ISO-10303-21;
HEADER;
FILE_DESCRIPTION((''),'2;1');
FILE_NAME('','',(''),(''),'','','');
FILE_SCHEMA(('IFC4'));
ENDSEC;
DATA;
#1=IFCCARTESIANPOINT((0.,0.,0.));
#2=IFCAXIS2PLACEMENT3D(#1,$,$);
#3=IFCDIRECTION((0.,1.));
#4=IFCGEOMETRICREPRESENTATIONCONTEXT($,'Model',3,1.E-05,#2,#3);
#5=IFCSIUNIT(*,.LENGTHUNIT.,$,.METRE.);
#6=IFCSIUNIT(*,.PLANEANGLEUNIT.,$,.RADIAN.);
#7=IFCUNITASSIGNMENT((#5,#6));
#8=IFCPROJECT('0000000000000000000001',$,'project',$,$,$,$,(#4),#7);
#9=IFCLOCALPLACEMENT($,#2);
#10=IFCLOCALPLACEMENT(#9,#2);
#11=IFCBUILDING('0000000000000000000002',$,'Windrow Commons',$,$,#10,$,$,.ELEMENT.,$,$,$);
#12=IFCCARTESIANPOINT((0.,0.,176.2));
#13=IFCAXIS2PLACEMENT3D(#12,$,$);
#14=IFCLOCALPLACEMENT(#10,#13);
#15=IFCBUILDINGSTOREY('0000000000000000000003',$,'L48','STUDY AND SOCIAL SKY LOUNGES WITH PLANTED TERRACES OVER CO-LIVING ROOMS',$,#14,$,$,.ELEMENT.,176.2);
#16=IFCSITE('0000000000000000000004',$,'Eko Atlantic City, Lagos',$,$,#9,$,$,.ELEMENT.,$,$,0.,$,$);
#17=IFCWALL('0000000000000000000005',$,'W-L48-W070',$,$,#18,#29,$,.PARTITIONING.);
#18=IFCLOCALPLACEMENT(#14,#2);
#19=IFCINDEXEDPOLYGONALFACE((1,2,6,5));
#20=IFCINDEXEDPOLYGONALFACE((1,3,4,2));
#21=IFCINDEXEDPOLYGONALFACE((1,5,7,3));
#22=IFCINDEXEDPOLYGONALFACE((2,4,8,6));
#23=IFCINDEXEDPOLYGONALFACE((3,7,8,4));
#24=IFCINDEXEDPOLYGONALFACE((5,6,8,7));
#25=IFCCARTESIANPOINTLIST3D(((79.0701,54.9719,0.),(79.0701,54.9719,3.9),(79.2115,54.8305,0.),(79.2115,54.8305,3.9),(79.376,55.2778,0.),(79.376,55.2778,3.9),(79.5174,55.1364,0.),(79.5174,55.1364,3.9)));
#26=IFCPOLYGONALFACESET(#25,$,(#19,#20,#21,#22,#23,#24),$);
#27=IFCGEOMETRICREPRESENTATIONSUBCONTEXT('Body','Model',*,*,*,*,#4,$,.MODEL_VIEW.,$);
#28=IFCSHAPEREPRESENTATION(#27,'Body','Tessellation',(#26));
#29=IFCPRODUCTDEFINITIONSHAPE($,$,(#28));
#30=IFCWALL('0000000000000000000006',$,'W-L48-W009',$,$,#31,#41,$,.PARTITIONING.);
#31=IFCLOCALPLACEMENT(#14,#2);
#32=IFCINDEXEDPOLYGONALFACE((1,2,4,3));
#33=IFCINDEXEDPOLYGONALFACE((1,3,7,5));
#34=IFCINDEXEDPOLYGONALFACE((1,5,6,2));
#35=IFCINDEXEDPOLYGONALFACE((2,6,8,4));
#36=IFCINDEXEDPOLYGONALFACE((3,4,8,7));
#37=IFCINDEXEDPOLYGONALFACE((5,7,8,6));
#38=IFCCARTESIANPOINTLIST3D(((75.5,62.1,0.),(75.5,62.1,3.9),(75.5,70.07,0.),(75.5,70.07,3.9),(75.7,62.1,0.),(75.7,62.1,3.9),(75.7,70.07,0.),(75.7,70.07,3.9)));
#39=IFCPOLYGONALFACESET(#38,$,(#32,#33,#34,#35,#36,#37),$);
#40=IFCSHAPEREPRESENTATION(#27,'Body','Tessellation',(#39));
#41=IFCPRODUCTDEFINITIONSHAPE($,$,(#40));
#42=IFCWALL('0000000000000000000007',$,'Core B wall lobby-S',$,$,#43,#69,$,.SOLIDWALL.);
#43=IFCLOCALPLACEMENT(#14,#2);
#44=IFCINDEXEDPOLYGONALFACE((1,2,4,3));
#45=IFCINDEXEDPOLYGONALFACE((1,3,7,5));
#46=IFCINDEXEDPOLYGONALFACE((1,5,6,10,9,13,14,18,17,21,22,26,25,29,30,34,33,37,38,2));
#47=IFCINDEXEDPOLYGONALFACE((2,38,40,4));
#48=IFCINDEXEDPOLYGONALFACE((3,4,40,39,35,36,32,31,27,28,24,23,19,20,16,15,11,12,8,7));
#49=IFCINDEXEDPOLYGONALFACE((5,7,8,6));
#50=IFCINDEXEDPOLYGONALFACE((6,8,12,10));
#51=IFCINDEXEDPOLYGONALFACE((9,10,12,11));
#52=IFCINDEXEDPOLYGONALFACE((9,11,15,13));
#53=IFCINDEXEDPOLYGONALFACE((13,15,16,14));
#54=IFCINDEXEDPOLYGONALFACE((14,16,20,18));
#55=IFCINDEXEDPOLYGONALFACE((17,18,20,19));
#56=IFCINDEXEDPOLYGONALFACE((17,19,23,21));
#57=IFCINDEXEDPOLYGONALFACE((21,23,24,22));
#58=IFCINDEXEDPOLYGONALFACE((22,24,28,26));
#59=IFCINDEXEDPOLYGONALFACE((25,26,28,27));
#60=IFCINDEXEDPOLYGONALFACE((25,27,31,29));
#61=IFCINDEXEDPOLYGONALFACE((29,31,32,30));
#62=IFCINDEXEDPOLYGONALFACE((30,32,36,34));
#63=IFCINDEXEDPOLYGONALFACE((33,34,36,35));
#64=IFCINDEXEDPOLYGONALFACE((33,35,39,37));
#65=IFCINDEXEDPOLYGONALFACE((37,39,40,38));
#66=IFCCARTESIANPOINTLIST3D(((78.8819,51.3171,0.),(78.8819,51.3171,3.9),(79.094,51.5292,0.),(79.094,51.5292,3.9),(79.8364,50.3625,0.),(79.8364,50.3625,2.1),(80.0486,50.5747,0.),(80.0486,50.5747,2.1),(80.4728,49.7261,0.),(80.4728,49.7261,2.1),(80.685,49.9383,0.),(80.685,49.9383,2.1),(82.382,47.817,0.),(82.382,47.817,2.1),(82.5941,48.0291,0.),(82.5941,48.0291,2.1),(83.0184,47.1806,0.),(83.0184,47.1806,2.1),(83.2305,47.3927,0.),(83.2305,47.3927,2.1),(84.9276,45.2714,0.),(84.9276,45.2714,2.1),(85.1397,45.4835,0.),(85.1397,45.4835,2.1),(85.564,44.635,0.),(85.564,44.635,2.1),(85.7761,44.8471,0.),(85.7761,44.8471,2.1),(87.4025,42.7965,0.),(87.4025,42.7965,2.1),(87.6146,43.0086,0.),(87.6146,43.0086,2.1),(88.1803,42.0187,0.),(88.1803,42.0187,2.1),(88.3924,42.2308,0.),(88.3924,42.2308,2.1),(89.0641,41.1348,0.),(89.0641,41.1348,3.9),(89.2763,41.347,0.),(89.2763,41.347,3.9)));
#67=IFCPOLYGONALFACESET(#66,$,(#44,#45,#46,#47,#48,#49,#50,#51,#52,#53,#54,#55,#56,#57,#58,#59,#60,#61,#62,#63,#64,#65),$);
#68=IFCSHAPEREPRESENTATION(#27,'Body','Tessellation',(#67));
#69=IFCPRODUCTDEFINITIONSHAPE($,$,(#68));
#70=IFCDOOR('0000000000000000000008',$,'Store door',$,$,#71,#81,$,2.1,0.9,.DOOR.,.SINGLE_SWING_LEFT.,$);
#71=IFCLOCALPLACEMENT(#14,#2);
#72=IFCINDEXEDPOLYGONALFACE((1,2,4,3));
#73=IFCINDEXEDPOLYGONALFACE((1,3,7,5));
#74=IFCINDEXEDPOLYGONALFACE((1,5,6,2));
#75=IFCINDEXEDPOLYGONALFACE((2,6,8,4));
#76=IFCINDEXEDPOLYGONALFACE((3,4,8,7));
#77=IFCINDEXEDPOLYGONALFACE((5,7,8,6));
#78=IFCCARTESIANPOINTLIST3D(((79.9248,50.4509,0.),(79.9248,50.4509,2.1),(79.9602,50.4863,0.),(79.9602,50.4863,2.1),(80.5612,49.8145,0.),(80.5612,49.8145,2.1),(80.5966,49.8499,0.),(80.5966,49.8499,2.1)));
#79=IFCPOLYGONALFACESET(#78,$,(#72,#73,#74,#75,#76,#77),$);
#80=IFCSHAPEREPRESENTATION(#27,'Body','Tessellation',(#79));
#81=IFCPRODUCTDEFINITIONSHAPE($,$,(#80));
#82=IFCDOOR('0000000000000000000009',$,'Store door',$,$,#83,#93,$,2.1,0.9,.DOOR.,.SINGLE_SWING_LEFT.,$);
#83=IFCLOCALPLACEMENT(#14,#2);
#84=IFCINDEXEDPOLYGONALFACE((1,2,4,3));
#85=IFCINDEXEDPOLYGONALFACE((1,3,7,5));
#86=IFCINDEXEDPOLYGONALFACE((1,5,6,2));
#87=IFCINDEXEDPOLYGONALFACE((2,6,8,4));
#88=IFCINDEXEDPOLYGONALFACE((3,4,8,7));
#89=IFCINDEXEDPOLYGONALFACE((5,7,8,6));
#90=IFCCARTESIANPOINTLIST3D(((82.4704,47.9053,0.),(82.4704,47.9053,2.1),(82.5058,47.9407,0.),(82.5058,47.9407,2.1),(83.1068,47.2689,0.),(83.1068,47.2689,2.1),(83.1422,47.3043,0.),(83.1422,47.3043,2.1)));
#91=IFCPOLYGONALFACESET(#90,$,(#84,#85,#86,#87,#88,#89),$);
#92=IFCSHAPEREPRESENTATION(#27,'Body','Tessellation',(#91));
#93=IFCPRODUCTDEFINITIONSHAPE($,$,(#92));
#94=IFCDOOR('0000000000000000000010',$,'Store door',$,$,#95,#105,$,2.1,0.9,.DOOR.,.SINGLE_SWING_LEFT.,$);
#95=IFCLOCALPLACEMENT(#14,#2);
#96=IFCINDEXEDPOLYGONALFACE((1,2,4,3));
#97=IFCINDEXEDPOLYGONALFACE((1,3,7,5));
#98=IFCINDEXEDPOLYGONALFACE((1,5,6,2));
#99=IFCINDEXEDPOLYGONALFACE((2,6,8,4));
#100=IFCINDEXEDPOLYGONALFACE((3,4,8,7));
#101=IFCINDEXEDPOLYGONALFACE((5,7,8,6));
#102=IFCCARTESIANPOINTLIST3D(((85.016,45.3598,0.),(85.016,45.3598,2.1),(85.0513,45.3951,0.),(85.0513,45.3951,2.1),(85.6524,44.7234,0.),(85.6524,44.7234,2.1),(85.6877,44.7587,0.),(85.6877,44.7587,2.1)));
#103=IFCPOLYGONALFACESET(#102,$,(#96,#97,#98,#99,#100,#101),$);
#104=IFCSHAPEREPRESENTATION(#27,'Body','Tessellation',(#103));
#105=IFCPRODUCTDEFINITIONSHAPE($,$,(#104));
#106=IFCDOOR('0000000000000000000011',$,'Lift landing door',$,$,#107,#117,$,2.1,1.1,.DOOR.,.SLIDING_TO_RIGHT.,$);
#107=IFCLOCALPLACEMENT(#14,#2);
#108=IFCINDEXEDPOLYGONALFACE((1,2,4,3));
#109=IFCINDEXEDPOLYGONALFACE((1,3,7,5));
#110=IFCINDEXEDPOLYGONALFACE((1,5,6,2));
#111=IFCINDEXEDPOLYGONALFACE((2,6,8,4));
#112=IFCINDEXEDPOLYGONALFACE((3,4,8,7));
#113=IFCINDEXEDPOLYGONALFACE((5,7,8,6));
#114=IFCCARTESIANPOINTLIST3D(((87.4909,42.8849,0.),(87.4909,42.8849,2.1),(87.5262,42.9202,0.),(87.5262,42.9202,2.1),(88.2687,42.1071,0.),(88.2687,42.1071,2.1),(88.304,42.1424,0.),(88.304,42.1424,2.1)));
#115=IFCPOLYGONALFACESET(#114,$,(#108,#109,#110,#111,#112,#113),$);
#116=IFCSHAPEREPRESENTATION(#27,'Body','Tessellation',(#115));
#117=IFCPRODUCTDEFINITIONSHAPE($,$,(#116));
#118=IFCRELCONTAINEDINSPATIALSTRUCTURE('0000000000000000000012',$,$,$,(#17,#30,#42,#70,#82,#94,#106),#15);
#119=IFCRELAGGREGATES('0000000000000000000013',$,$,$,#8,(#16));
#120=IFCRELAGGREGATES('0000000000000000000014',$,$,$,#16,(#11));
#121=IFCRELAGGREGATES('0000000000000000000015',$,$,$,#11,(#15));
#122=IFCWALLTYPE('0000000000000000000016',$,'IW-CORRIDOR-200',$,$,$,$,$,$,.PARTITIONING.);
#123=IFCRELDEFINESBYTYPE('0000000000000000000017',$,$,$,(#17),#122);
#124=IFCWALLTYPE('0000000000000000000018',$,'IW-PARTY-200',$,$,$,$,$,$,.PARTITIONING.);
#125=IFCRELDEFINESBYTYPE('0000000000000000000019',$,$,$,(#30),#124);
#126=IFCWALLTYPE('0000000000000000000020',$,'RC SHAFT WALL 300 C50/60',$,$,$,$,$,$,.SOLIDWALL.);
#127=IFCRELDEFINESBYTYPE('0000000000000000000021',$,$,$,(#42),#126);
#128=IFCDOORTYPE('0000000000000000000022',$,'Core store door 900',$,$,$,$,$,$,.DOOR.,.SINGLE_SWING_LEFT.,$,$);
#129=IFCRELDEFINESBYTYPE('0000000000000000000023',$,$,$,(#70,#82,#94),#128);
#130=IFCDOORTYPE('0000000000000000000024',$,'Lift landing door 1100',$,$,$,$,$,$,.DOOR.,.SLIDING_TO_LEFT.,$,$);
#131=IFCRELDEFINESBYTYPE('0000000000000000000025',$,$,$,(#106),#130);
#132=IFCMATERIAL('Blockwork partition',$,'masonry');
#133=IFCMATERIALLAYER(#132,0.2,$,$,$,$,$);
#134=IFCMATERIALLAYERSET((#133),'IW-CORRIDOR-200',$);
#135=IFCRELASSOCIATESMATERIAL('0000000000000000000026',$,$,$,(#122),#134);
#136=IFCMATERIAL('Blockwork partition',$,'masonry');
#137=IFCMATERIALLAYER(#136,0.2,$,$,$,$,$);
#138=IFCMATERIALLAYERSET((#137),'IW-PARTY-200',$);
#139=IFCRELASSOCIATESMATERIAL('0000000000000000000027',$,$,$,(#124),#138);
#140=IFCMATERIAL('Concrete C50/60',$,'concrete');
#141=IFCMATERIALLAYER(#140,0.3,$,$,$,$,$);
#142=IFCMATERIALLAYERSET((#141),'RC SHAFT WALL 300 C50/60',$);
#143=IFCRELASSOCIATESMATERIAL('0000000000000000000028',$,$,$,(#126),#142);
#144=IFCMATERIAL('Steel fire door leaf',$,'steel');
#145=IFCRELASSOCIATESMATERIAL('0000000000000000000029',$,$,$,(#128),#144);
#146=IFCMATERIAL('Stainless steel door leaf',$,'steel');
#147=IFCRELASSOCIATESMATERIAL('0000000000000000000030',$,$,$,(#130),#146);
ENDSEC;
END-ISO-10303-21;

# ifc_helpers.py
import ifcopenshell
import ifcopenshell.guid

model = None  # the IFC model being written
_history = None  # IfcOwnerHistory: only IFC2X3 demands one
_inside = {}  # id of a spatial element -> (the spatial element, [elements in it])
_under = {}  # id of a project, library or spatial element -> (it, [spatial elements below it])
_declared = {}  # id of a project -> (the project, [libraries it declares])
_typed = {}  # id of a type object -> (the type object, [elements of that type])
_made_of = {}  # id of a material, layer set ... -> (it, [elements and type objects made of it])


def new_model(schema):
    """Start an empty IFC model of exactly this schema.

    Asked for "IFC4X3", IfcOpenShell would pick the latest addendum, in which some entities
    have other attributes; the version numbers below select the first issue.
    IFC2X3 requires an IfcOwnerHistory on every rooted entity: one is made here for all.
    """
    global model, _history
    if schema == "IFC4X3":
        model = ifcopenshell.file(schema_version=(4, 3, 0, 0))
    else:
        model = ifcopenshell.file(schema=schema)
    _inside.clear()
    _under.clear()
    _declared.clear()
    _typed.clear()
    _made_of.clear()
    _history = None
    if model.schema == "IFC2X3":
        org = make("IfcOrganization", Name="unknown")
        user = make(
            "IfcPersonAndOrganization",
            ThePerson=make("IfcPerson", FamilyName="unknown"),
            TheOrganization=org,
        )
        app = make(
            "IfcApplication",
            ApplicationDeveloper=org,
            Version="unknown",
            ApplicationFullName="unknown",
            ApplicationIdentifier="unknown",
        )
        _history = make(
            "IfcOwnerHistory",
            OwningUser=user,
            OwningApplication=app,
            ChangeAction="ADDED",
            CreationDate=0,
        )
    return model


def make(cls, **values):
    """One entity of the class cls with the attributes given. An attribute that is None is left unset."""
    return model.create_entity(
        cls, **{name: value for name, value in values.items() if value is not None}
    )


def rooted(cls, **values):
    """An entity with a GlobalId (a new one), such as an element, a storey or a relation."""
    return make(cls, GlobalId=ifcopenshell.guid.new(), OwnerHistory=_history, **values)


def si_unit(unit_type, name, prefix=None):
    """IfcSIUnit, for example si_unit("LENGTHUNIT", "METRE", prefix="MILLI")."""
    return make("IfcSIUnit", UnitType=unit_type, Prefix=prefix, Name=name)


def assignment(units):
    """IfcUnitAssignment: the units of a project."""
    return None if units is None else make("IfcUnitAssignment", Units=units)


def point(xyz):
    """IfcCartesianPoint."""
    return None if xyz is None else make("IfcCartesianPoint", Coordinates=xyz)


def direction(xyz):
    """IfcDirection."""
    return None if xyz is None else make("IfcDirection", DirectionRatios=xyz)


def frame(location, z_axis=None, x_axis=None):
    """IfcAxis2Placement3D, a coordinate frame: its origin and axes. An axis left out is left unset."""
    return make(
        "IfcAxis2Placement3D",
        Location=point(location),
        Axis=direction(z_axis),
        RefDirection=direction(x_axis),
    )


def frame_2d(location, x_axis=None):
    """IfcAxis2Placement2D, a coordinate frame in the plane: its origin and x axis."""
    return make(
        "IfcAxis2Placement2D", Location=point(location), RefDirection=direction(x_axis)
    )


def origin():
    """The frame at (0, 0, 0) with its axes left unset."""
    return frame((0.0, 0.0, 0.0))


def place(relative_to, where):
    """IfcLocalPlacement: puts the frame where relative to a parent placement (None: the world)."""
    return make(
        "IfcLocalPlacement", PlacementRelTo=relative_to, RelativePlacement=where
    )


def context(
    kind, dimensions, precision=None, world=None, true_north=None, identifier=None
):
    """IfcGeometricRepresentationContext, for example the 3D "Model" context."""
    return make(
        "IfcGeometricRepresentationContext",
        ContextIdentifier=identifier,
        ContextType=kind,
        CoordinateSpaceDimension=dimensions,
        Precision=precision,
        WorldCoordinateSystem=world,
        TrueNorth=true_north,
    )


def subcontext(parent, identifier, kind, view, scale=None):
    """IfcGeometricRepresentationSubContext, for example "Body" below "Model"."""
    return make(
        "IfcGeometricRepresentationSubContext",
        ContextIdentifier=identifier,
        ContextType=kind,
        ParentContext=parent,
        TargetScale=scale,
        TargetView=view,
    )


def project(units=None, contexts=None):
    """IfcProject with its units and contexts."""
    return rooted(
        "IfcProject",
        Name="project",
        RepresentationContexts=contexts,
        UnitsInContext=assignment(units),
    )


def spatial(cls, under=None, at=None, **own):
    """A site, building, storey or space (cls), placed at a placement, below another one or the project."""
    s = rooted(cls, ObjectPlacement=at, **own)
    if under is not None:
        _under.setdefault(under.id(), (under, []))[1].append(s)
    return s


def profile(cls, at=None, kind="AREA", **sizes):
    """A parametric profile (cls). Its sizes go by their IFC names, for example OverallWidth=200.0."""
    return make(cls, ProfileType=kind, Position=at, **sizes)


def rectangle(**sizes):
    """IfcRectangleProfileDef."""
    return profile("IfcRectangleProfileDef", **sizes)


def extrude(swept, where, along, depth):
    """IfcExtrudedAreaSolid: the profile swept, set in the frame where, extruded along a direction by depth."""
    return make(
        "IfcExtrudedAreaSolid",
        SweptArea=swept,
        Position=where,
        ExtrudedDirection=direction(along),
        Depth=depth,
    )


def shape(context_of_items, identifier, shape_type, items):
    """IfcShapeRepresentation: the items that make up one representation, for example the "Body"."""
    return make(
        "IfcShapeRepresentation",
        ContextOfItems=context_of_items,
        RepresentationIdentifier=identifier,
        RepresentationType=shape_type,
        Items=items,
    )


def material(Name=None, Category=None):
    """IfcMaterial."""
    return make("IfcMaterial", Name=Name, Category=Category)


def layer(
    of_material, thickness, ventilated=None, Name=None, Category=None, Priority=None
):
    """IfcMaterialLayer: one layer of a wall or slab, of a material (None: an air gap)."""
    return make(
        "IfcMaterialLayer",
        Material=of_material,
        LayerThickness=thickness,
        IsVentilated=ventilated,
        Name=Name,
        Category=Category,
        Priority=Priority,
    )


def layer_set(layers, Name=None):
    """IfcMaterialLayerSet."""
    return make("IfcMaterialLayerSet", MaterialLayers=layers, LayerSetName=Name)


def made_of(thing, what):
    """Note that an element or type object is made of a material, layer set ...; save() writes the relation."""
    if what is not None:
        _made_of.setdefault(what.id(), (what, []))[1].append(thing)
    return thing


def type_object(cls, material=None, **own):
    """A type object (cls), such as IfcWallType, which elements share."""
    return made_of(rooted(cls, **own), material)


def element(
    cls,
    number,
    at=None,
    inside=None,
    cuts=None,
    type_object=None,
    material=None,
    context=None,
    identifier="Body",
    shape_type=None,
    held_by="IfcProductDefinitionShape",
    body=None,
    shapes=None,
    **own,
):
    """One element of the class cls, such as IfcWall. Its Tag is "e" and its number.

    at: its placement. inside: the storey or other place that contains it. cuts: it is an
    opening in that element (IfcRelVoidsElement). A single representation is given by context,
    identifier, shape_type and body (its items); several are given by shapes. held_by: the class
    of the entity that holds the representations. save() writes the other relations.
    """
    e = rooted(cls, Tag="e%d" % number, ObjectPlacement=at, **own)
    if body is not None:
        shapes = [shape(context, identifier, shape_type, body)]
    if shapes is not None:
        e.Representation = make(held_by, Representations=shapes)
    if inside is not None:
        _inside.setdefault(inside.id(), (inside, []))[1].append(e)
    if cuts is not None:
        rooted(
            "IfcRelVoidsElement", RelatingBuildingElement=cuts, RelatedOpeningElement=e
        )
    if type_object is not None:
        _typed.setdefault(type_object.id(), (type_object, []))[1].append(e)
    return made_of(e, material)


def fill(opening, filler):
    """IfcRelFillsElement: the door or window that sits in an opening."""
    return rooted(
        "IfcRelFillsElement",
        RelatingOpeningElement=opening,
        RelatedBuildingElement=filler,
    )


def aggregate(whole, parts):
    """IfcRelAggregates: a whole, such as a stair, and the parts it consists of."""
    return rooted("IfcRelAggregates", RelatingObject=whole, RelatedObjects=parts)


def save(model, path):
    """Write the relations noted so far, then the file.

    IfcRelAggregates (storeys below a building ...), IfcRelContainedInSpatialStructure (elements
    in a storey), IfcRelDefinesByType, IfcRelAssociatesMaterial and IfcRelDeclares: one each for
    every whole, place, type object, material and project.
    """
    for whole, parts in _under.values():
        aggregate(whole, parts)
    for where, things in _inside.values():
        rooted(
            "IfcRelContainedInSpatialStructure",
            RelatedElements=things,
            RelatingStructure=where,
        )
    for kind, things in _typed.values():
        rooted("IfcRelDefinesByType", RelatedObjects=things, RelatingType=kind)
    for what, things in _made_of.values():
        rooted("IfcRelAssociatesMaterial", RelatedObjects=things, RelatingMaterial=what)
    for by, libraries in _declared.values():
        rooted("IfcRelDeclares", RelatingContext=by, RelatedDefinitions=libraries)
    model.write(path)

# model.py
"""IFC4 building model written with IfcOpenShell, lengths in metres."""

from ifc_helpers import new_model, si_unit, direction, frame, frame_2d, origin, place, context, subcontext, project, spatial, rectangle, extrude, material, layer, layer_set, type_object, element, fill, save


model = new_model("IFC4")

# Units and contexts
model_context = context("Model", 3, precision=1e-05, world=origin(), true_north=direction((0.0, 1.0)))
body_context = subcontext(model_context, "Body", "Model", "MODEL_VIEW")
ifc_project = project(units=[si_unit("LENGTHUNIT", "METRE"), si_unit("PLANEANGLEUNIT", "RADIAN")], contexts=[model_context])

# Site, building, storey
site_placement = place(None, origin())
site = spatial("IfcSite", under=ifc_project, at=site_placement, Name="Eko Atlantic City, Lagos", CompositionType="ELEMENT", RefElevation=0.0)
building_placement = place(site_placement, origin())
building = spatial("IfcBuilding", under=site, at=building_placement, Name="Windrow Commons", CompositionType="ELEMENT")
storey_placement = place(building_placement, frame((0.0, 0.0, 176.2)))
storey = spatial("IfcBuildingStorey", under=building, at=storey_placement, Name="L48", Description="STUDY AND SOCIAL SKY LOUNGES WITH PLANTED TERRACES OVER CO-LIVING ROOMS", CompositionType="ELEMENT", Elevation=176.2)

# Shared definitions
ifc_material_1 = material(Name="Blockwork partition", Category="masonry")
ifc_layer_1 = layer(ifc_material_1, 0.2)
ifc_layer_set_1 = layer_set([ifc_layer_1], Name="IW-CORRIDOR-200")
wall_type_1 = type_object("IfcWallType", Name="IW-CORRIDOR-200", PredefinedType="PARTITIONING", material=ifc_layer_set_1)

# Walls
wall_1_placement = place(storey_placement, frame((79.1408, 54.9012, 0.0), z_axis=(0.0, 0.0, 1.0), x_axis=(0.707107, 0.707107, 0.0)))
element("IfcWall", 1, at=wall_1_placement, inside=storey, type_object=wall_type_1, Name="W-L48-W070", PredefinedType="PARTITIONING", context=body_context, shape_type="SweptSolid", body=[
    extrude(rectangle(XDim=0.4327, YDim=0.2, at=frame_2d((0.2163, 0.0))), origin(), (0.0, 0.0, 1.0), 3.9),
])
ifc_material_2 = material(Name="Blockwork partition", Category="masonry")
ifc_layer_2 = layer(ifc_material_2, 0.2)
ifc_layer_set_2 = layer_set([ifc_layer_2], Name="IW-PARTY-200")
wall_type_2 = type_object("IfcWallType", Name="IW-PARTY-200", PredefinedType="PARTITIONING", material=ifc_layer_set_2)
wall_2_placement = place(storey_placement, frame((75.6, 62.1, 0.0), z_axis=(0.0, 0.0, 1.0), x_axis=(0.0, 1.0, 0.0)))
element("IfcWall", 2, at=wall_2_placement, inside=storey, type_object=wall_type_2, Name="W-L48-W009", PredefinedType="PARTITIONING", context=body_context, shape_type="SweptSolid", body=[
    extrude(rectangle(XDim=7.97, YDim=0.2, at=frame_2d((3.985, 0.0))), origin(), (0.0, 0.0, 1.0), 3.9),
])

# Wall, openings, doors
ifc_material_3 = material(Name="Concrete C50/60", Category="concrete")
ifc_layer_3 = layer(ifc_material_3, 0.3)
ifc_layer_set_3 = layer_set([ifc_layer_3], Name="RC SHAFT WALL 300 C50/60")
wall_type_3 = type_object("IfcWallType", Name="RC SHAFT WALL 300 C50/60", PredefinedType="SOLIDWALL", material=ifc_layer_set_3)
wall_3_placement = place(storey_placement, frame((78.9879, 51.4232, 0.0), z_axis=(0.0, 0.0, 1.0), x_axis=(0.707107, -0.707107, 0.0)))
wall_3 = element("IfcWall", 3, at=wall_3_placement, inside=storey, type_object=wall_type_3, Name="Core B wall lobby-S", PredefinedType="SOLIDWALL", context=body_context, shape_type="SweptSolid", body=[
    extrude(rectangle(XDim=14.3999, YDim=0.3, at=frame_2d((7.2, 0.0))), origin(), (0.0, 0.0, 1.0), 3.9),
])
opening_1_placement = place(wall_3_placement, frame((1.35, 0.0, 0.0)))
opening_1 = element("IfcOpeningElement", 4, at=opening_1_placement, cuts=wall_3, PredefinedType="OPENING", context=body_context, shape_type="SweptSolid", body=[
    extrude(rectangle(XDim=0.9, YDim=2.1, at=frame_2d((0.45, 1.05))), frame((0.0, 0.16, 0.0), z_axis=(0.0, -1.0, 0.0), x_axis=(1.0, 0.0, 0.0)), (0.0, 0.0, 1.0), 0.32),
])
opening_2_placement = place(wall_3_placement, frame((4.95, 0.0, 0.0)))
opening_2 = element("IfcOpeningElement", 5, at=opening_2_placement, cuts=wall_3, PredefinedType="OPENING", context=body_context, shape_type="SweptSolid", body=[
    extrude(rectangle(XDim=0.9, YDim=2.1, at=frame_2d((0.45, 1.05))), frame((0.0, 0.16, 0.0), z_axis=(0.0, -1.0, 0.0), x_axis=(1.0, 0.0, 0.0)), (0.0, 0.0, 1.0), 0.32),
])
opening_3_placement = place(wall_3_placement, frame((8.55, 0.0, 0.0)))
opening_3 = element("IfcOpeningElement", 6, at=opening_3_placement, cuts=wall_3, PredefinedType="OPENING", context=body_context, shape_type="SweptSolid", body=[
    extrude(rectangle(XDim=0.9, YDim=2.1, at=frame_2d((0.45, 1.05))), frame((0.0, 0.16, 0.0), z_axis=(0.0, -1.0, 0.0), x_axis=(1.0, 0.0, 0.0)), (0.0, 0.0, 1.0), 0.32),
])
opening_4_placement = place(wall_3_placement, frame((12.05, 0.0, 0.0)))
opening_4 = element("IfcOpeningElement", 7, at=opening_4_placement, cuts=wall_3, PredefinedType="OPENING", context=body_context, shape_type="SweptSolid", body=[
    extrude(rectangle(XDim=1.1, YDim=2.1, at=frame_2d((0.55, 1.05))), frame((0.0, 0.16, 0.0), z_axis=(0.0, -1.0, 0.0), x_axis=(1.0, 0.0, 0.0)), (0.0, 0.0, 1.0), 0.32),
])
ifc_material_4 = material(Name="Steel fire door leaf", Category="steel")
door_type_1 = type_object("IfcDoorType", Name="Core store door 900", OperationType="SINGLE_SWING_LEFT", PredefinedType="DOOR", material=ifc_material_4)
door_1_placement = place(opening_1_placement, origin())
door_1 = element("IfcDoor", 8, at=door_1_placement, inside=storey, type_object=door_type_1, Name="Store door", OperationType="SINGLE_SWING_LEFT", OverallHeight=2.1, OverallWidth=0.9, PredefinedType="DOOR", context=body_context, shape_type="SweptSolid", body=[
    extrude(rectangle(XDim=0.9, YDim=2.1, at=frame_2d((0.45, 1.05))), frame((0.0, 0.025, 0.0), z_axis=(0.0, -1.0, 0.0), x_axis=(1.0, 0.0, 0.0)), (0.0, 0.0, 1.0), 0.05),
])
fill(opening_1, door_1)
door_2_placement = place(opening_2_placement, origin())
door_2 = element("IfcDoor", 9, at=door_2_placement, inside=storey, type_object=door_type_1, Name="Store door", OperationType="SINGLE_SWING_LEFT", OverallHeight=2.1, OverallWidth=0.9, PredefinedType="DOOR", context=body_context, shape_type="SweptSolid", body=[
    extrude(rectangle(XDim=0.9, YDim=2.1, at=frame_2d((0.45, 1.05))), frame((0.0, 0.025, 0.0), z_axis=(0.0, -1.0, 0.0), x_axis=(1.0, 0.0, 0.0)), (0.0, 0.0, 1.0), 0.05),
])
fill(opening_2, door_2)
door_3_placement = place(opening_3_placement, origin())
door_3 = element("IfcDoor", 10, at=door_3_placement, inside=storey, type_object=door_type_1, Name="Store door", OperationType="SINGLE_SWING_LEFT", OverallHeight=2.1, OverallWidth=0.9, PredefinedType="DOOR", context=body_context, shape_type="SweptSolid", body=[
    extrude(rectangle(XDim=0.9, YDim=2.1, at=frame_2d((0.45, 1.05))), frame((0.0, 0.025, 0.0), z_axis=(0.0, -1.0, 0.0), x_axis=(1.0, 0.0, 0.0)), (0.0, 0.0, 1.0), 0.05),
])
fill(opening_3, door_3)
ifc_material_5 = material(Name="Stainless steel door leaf", Category="steel")
door_type_2 = type_object("IfcDoorType", Name="Lift landing door 1100", OperationType="SLIDING_TO_LEFT", PredefinedType="DOOR", material=ifc_material_5)
door_4_placement = place(opening_4_placement, origin())
door_4 = element("IfcDoor", 11, at=door_4_placement, inside=storey, type_object=door_type_2, Name="Lift landing door", OperationType="SLIDING_TO_RIGHT", OverallHeight=2.1, OverallWidth=1.1, PredefinedType="DOOR", context=body_context, shape_type="SweptSolid", body=[
    extrude(rectangle(XDim=1.1, YDim=2.1, at=frame_2d((0.55, 1.05))), frame((0.0, 0.025, 0.0), z_axis=(0.0, -1.0, 0.0), x_axis=(1.0, 0.0, 0.0)), (0.0, 0.0, 1.0), 0.05),
])
fill(opening_4, door_4)

save(model, "model.ifc")
